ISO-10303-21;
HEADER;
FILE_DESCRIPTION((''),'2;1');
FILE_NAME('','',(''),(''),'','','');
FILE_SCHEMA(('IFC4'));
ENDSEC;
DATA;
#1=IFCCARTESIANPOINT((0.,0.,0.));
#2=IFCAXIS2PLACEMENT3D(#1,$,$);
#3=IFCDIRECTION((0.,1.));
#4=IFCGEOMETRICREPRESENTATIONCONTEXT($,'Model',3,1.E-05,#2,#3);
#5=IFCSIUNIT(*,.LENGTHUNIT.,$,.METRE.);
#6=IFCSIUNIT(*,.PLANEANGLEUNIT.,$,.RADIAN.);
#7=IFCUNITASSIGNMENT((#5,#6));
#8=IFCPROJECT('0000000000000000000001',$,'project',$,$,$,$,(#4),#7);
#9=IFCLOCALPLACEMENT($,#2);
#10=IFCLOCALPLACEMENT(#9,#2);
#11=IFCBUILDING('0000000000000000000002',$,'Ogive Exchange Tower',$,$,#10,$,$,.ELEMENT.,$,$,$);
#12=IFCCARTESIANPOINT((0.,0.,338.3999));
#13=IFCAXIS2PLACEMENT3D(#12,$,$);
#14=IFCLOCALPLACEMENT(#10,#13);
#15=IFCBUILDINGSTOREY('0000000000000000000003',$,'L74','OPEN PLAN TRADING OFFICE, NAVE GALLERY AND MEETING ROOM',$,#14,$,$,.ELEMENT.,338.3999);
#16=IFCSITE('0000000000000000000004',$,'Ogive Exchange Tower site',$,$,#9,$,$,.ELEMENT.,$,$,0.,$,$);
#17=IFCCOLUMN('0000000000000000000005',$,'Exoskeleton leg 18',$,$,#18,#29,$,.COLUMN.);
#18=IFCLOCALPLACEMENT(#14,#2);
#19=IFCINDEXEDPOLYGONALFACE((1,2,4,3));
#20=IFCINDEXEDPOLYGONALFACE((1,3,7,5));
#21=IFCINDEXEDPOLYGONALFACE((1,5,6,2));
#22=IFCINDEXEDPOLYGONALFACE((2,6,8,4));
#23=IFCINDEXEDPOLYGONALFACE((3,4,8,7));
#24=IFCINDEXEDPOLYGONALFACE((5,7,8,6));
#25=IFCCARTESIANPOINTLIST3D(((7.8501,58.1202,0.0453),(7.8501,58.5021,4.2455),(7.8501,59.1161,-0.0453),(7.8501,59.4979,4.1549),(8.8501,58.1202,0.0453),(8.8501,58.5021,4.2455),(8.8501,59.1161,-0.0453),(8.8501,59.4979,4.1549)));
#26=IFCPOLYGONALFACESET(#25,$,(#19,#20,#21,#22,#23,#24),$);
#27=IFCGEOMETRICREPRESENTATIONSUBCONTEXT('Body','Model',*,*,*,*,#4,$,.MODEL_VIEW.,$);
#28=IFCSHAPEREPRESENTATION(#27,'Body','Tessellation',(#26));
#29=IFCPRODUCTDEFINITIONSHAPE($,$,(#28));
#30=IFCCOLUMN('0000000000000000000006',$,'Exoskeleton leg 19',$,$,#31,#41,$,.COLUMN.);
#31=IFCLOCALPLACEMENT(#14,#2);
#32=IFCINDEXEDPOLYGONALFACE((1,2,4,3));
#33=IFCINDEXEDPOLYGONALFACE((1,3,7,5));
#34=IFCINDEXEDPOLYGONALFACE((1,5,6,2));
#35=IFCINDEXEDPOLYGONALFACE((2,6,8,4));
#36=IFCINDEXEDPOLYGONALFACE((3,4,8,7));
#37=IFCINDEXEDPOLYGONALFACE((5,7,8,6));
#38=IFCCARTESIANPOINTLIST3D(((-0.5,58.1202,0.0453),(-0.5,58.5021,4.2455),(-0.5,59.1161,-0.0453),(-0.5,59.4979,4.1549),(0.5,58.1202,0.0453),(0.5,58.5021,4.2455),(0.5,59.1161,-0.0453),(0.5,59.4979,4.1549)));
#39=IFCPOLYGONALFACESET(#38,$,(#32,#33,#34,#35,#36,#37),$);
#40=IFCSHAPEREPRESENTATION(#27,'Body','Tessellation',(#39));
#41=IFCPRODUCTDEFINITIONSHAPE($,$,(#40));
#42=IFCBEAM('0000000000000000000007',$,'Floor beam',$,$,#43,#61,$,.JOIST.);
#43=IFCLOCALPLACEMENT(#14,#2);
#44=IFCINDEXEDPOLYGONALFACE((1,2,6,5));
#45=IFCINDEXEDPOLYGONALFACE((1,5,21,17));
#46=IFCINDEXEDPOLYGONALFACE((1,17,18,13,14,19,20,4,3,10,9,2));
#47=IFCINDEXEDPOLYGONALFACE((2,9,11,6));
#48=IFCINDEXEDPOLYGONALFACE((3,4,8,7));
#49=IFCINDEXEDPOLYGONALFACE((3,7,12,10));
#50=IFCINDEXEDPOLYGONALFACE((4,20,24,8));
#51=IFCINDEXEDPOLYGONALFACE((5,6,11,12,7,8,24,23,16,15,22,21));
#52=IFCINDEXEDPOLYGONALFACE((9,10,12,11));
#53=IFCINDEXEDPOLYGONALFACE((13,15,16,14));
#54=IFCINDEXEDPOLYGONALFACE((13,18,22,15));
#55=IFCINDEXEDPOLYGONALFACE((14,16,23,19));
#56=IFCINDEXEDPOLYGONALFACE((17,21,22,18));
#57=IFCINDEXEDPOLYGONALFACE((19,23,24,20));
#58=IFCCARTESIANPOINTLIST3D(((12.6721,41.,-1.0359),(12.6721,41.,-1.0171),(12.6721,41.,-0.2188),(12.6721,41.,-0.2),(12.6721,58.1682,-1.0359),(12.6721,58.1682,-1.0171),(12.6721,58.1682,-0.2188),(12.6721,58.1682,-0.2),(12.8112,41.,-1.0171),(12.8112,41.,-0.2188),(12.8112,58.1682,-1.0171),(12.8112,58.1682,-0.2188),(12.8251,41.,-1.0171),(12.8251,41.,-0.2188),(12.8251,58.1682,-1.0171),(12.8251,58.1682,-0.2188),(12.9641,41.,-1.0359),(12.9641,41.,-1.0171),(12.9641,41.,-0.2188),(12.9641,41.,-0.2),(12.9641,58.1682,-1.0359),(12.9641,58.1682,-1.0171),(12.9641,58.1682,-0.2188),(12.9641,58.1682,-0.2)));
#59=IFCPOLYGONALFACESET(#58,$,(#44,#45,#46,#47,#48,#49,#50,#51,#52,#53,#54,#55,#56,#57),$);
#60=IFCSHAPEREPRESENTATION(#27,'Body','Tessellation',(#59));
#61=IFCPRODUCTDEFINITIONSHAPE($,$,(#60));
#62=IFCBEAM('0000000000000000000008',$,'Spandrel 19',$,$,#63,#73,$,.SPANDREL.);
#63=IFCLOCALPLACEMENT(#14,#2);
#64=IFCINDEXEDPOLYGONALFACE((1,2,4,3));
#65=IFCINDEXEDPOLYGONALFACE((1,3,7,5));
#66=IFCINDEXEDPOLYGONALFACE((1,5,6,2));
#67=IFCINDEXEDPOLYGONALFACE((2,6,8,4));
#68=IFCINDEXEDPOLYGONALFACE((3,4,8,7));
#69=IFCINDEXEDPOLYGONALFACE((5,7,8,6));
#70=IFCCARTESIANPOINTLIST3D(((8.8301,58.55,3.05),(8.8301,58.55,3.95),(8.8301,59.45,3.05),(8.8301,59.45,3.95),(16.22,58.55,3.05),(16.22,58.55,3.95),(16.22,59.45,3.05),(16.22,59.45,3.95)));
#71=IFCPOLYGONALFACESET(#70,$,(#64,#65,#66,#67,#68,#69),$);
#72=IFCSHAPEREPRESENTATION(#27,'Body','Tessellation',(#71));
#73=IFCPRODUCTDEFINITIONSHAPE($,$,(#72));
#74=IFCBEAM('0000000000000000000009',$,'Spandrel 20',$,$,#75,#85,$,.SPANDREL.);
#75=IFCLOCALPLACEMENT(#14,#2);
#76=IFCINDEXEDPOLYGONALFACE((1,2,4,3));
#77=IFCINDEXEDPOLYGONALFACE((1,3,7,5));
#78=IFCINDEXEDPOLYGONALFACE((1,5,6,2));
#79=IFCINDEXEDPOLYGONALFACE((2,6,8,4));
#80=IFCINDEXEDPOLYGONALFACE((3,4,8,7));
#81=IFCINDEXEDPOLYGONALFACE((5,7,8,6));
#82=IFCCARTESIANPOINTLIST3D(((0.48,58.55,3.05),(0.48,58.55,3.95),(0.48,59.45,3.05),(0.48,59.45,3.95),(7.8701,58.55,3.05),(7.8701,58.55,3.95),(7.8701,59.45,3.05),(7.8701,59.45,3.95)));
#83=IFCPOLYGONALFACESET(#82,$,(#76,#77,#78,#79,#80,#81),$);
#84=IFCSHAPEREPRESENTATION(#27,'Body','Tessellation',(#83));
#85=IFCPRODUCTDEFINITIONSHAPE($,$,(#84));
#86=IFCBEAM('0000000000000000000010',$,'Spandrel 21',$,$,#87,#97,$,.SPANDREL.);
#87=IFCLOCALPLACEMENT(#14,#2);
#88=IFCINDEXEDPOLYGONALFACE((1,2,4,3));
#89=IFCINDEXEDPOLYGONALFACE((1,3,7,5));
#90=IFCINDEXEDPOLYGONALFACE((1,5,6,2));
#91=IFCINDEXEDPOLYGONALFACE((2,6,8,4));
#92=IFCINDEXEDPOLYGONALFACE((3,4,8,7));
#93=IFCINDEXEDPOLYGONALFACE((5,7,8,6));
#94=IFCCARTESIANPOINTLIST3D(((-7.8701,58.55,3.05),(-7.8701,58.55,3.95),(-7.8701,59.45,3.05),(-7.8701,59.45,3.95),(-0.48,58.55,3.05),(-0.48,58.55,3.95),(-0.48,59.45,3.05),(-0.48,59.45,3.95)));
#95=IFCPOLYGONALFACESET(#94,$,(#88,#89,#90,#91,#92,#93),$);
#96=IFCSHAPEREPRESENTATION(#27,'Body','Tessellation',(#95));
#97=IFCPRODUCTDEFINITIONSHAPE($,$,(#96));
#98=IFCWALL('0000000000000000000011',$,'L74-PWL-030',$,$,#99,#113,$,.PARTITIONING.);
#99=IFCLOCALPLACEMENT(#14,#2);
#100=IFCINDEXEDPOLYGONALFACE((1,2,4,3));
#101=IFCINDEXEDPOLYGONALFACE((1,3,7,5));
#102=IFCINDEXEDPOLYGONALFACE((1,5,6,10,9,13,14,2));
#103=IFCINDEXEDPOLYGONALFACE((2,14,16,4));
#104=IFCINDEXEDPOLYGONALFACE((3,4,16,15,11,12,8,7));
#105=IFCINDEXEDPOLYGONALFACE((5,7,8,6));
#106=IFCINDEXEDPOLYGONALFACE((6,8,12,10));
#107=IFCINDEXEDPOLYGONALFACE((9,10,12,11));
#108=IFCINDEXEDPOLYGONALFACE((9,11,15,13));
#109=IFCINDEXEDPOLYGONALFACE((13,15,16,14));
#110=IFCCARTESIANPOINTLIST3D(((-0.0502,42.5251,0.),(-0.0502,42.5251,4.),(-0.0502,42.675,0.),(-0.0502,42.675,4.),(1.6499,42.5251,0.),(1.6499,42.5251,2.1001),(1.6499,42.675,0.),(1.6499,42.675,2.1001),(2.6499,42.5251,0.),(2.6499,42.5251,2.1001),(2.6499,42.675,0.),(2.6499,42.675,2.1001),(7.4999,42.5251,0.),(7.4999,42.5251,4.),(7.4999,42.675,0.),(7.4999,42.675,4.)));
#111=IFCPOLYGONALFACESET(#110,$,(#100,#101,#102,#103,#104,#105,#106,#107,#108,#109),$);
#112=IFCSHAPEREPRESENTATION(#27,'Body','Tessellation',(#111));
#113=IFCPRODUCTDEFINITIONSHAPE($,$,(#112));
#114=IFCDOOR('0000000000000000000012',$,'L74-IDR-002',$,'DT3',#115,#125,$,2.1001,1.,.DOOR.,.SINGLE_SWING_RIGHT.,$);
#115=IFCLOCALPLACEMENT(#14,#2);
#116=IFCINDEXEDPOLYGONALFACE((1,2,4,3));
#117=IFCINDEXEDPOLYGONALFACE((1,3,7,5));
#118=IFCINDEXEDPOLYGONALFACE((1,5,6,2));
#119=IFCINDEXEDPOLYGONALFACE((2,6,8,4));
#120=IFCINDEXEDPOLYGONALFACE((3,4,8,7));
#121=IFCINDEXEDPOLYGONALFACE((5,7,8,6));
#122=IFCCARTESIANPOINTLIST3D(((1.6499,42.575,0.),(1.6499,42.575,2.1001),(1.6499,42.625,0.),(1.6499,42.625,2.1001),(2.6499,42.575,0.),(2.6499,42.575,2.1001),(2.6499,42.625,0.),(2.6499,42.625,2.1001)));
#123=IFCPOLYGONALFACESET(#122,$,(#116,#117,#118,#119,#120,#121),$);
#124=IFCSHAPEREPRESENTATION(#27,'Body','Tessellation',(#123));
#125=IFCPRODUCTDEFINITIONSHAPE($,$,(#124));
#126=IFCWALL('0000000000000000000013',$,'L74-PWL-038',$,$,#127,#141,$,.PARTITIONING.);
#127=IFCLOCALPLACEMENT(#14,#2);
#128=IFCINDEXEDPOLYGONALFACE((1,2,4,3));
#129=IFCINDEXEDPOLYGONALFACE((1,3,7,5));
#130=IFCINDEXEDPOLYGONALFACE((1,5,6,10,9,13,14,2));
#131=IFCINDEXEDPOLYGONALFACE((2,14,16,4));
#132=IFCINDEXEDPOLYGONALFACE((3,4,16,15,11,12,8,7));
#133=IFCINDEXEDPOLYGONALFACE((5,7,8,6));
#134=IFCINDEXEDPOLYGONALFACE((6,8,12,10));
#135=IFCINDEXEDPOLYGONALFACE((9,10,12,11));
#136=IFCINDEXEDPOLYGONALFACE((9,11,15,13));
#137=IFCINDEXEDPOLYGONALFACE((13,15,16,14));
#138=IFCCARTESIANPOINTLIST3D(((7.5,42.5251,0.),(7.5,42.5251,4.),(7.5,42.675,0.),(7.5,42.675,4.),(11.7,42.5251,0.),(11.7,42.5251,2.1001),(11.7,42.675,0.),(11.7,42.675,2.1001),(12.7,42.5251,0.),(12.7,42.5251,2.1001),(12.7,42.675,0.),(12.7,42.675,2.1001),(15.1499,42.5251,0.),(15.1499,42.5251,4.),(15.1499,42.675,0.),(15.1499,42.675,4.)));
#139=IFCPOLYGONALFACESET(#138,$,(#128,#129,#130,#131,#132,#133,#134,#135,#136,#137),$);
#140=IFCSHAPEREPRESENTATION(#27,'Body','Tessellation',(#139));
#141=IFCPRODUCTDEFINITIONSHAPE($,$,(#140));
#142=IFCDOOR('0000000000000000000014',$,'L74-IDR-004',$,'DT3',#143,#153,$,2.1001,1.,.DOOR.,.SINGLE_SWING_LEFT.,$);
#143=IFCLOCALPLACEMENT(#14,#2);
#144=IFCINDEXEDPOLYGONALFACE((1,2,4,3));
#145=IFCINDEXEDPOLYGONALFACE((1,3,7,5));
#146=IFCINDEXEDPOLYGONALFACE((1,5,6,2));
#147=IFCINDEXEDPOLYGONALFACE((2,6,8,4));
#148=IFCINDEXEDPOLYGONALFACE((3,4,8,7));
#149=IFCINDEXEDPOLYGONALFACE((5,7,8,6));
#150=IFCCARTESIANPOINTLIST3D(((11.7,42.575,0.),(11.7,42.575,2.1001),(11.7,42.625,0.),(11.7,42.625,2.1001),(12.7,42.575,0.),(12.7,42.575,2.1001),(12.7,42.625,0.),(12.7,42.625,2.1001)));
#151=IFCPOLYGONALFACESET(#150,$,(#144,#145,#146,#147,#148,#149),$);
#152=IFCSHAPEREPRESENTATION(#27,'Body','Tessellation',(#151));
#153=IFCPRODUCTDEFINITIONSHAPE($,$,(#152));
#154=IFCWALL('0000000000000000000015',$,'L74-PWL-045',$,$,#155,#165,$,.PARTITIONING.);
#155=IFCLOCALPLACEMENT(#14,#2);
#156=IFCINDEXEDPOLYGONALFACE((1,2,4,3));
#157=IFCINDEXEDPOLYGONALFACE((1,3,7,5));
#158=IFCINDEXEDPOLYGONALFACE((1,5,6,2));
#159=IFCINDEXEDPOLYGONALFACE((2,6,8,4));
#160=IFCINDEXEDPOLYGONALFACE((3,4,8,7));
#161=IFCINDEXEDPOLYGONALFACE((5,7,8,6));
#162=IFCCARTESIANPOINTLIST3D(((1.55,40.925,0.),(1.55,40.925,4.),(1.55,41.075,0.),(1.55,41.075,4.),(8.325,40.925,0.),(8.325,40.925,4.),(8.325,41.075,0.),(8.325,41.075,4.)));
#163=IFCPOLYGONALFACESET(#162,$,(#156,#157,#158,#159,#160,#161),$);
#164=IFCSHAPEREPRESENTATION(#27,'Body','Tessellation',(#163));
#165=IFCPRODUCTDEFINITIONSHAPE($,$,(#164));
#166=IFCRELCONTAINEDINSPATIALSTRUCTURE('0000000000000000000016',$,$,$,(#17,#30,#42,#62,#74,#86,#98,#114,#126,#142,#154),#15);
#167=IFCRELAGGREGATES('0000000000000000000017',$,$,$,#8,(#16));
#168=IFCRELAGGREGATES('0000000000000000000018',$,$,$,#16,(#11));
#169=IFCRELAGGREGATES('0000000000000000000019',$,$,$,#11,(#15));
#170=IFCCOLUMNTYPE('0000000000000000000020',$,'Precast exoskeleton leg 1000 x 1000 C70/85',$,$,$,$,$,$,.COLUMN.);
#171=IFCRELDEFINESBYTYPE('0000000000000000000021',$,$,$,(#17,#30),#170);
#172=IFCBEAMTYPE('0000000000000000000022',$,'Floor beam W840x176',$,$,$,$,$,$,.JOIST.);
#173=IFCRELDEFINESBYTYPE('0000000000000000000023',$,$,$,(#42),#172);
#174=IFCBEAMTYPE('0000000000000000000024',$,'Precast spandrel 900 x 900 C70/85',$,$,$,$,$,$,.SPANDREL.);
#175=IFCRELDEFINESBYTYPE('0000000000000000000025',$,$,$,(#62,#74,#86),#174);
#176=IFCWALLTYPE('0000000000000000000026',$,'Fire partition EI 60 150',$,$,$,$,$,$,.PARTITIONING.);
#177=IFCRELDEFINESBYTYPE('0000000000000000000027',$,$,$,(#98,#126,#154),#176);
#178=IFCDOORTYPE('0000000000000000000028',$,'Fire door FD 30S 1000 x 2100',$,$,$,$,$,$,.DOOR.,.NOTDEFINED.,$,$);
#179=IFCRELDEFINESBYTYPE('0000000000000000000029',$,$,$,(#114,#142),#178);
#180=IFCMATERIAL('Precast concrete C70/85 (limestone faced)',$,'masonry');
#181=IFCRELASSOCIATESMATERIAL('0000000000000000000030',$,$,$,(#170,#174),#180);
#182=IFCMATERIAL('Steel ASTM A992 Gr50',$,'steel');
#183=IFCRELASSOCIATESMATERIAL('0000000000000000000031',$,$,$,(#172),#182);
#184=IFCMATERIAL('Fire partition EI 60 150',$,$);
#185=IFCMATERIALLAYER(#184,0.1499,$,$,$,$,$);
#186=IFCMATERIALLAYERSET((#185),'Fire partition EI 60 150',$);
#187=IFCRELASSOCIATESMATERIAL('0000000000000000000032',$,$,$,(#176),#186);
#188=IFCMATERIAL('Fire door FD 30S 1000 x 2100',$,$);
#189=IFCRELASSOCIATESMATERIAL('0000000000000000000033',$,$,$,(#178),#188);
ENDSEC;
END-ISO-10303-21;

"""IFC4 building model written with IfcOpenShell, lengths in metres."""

from ifc_helpers import new_model, si_unit, direction, frame, frame_2d, origin, origin_2d, place, context, subcontext, project, spatial, rectangle, i_section, extrude, material, layer, layer_set, material_profile, profile_set, type_object, element, fill, save


model = new_model("IFC4")

# Units and contexts
model_context = context("Model", 3, precision=1e-05, world=origin(), true_north=direction((0.0, 1.0)))
body_context = subcontext(model_context, "Body", "Model", "MODEL_VIEW")
ifc_project = project(units=[si_unit("LENGTHUNIT", "METRE"), si_unit("PLANEANGLEUNIT", "RADIAN")], contexts=[model_context])

# Site, building, storey
site_placement = place(None, origin())
site = spatial("IfcSite", under=ifc_project, at=site_placement, Name="Ogive Exchange Tower site", CompositionType="ELEMENT", RefElevation=0.0)
building_placement = place(site_placement, origin())
building = spatial("IfcBuilding", under=site, at=building_placement, Name="Ogive Exchange Tower", CompositionType="ELEMENT")
storey_placement = place(building_placement, frame((0.0, 0.0, 338.3999)))
storey = spatial("IfcBuildingStorey", under=building, at=storey_placement, Name="L74", Description="OPEN PLAN TRADING OFFICE, NAVE GALLERY AND MEETING ROOM", CompositionType="ELEMENT", Elevation=338.3999)

# Columns
ifc_material_1 = material(Name="Precast concrete C70/85 (limestone faced)", Category="masonry")
ifc_material_profile_1 = material_profile(ifc_material_1, rectangle(XDim=1.0, YDim=1.0, at=origin_2d()), Name="1000 x 1000")
ifc_profile_set_1 = profile_set([ifc_material_profile_1], Name="Precast concrete C70/85 (limestone faced)")
column_type = type_object("IfcColumnType", Name="Precast exoskeleton leg 1000 x 1000 C70/85", PredefinedType="COLUMN", material=ifc_profile_set_1)
for number, where, z_axis, x_axis, name in (
    (1, (8.3501, 58.6182, 0.0), (0.0, 0.090536, 0.995893), (-1.0, 0.0, 0.0), "Exoskeleton leg 18"),
    (2, (0.0, 58.6182, 0.0), (0.0, 0.090536, 0.995893), (-1.0, 0.0, 0.0), "Exoskeleton leg 19"),
):
    element("IfcColumn", number, at=place(storey_placement, frame(where, z_axis=z_axis, x_axis=x_axis)), inside=storey, type_object=column_type, Name=name, PredefinedType="COLUMN", context=body_context, shape_type="SweptSolid", body=[
        extrude(rectangle(XDim=1.0, YDim=1.0, at=origin_2d()), origin(), (0.0, 0.0, 1.0), 4.2175),
    ])

# Beams
ifc_material_2 = material(Name="Steel ASTM A992 Gr50", Category="steel")
ifc_material_profile_2 = material_profile(ifc_material_2, i_section(OverallWidth=0.292, OverallDepth=0.8359, WebThickness=0.0139, FlangeThickness=0.0188, at=origin_2d()), Name="W840x176")
ifc_profile_set_2 = profile_set([ifc_material_profile_2], Name="Steel ASTM A992 Gr50")
beam_type_1 = type_object("IfcBeamType", Name="Floor beam W840x176", PredefinedType="JOIST", material=ifc_profile_set_2)
beam_1_placement = place(storey_placement, frame((12.8181, 41.0, -0.6179), z_axis=(0.0, 1.0, 0.0), x_axis=(-1.0, 0.0, 0.0)))
element("IfcBeam", 3, at=beam_1_placement, inside=storey, type_object=beam_type_1, Name="Floor beam", PredefinedType="JOIST", context=body_context, shape_type="SweptSolid", body=[
    extrude(i_section(OverallWidth=0.292, OverallDepth=0.8359, WebThickness=0.0139, FlangeThickness=0.0188, at=origin_2d()), origin(), (0.0, 0.0, 1.0), 17.1682),
])
ifc_material_profile_3 = material_profile(ifc_material_1, rectangle(XDim=0.8999, YDim=0.8999, at=origin_2d()), Name="900 x 900")
ifc_profile_set_3 = profile_set([ifc_material_profile_3], Name="Precast concrete C70/85 (limestone faced)")
beam_type_2 = type_object("IfcBeamType", Name="Precast spandrel 900 x 900 C70/85", PredefinedType="SPANDREL", material=ifc_profile_set_3)
beam_2_placement = place(storey_placement, frame((16.22, 59.0, 3.5), z_axis=(-1.0, 0.0, 0.0), x_axis=(0.0, -1.0, 0.0)))
element("IfcBeam", 4, at=beam_2_placement, inside=storey, type_object=beam_type_2, Name="Spandrel 19", PredefinedType="SPANDREL", context=body_context, shape_type="SweptSolid", body=[
    extrude(rectangle(XDim=0.8999, YDim=0.8999, at=origin_2d()), origin(), (0.0, 0.0, 1.0), 7.3899),
])
for number, where, z_axis, x_axis, name in (
    (5, (7.8701, 59.0, 3.5), (-1.0, 0.0, 0.0), (0.0, -1.0, 0.0), "Spandrel 20"),
    (6, (-0.48, 59.0, 3.5), (-1.0, 0.0, 0.0), (0.0, -1.0, 0.0), "Spandrel 21"),
):
    element("IfcBeam", number, at=place(storey_placement, frame(where, z_axis=z_axis, x_axis=x_axis)), inside=storey, type_object=beam_type_2, Name=name, PredefinedType="SPANDREL", context=body_context, shape_type="SweptSolid", body=[
        extrude(rectangle(XDim=0.8999, YDim=0.8999, at=origin_2d()), origin(), (0.0, 0.0, 1.0), 7.3901),
    ])

# Walls, openings, doors
ifc_material_3 = material(Name="Fire partition EI 60 150")
ifc_layer_1 = layer(ifc_material_3, 0.1499)
ifc_layer_set_1 = layer_set([ifc_layer_1], Name="Fire partition EI 60 150")
wall_type_1 = type_object("IfcWallType", Name="Fire partition EI 60 150", PredefinedType="PARTITIONING", material=ifc_layer_set_1)
wall_1_placement = place(storey_placement, frame((-0.05, 42.6001, 0.0), z_axis=(0.0, 0.0, 1.0), x_axis=(1.0, 0.0, 0.0)))
wall_1 = element("IfcWall", 7, at=wall_1_placement, inside=storey, type_object=wall_type_1, Name="L74-PWL-030", PredefinedType="PARTITIONING", context=body_context, shape_type="SweptSolid", body=[
    extrude(rectangle(XDim=7.55, YDim=0.1499, at=frame_2d((3.7749, 0.0))), origin(), (0.0, 0.0, 1.0), 4.0),
])
opening_1_placement = place(wall_1_placement, frame((1.7, 0.0, 0.0)))
opening_1 = element("IfcOpeningElement", 8, at=opening_1_placement, cuts=wall_1, PredefinedType="OPENING", context=body_context, shape_type="SweptSolid", body=[
    extrude(rectangle(XDim=1.0, YDim=2.1001, at=frame_2d((0.5, 1.05))), frame((0.0, 0.085, 0.0), z_axis=(0.0, -1.0, 0.0), x_axis=(1.0, 0.0, 0.0)), (0.0, 0.0, 1.0), 0.1699),
])
ifc_material_4 = material(Name="Fire door FD 30S 1000 x 2100")
door_type_1 = type_object("IfcDoorType", Name="Fire door FD 30S 1000 x 2100", OperationType="NOTDEFINED", PredefinedType="DOOR", material=ifc_material_4)
door_1_placement = place(opening_1_placement, origin())
door_1 = element("IfcDoor", 9, at=door_1_placement, inside=storey, type_object=door_type_1, Name="L74-IDR-002", ObjectType="DT3", OperationType="SINGLE_SWING_RIGHT", OverallHeight=2.1001, OverallWidth=1.0, PredefinedType="DOOR", context=body_context, shape_type="SweptSolid", body=[
    extrude(rectangle(XDim=1.0, YDim=2.1001, at=frame_2d((0.5, 1.05))), frame((0.0, 0.0249, 0.0), z_axis=(0.0, -1.0, 0.0), x_axis=(1.0, 0.0, 0.0)), (0.0, 0.0, 1.0), 0.05),
])
fill(opening_1, door_1)
wall_2_placement = place(storey_placement, frame((7.5, 42.6001, 0.0), z_axis=(0.0, 0.0, 1.0), x_axis=(1.0, 0.0, 0.0)))
wall_2 = element("IfcWall", 10, at=wall_2_placement, inside=storey, type_object=wall_type_1, Name="L74-PWL-038", PredefinedType="PARTITIONING", context=body_context, shape_type="SweptSolid", body=[
    extrude(rectangle(XDim=7.6499, YDim=0.1499, at=frame_2d((3.825, 0.0))), origin(), (0.0, 0.0, 1.0), 4.0),
])
opening_2_placement = place(wall_2_placement, frame((4.2, 0.0, 0.0)))
opening_2 = element("IfcOpeningElement", 11, at=opening_2_placement, cuts=wall_2, PredefinedType="OPENING", context=body_context, shape_type="SweptSolid", body=[
    extrude(rectangle(XDim=1.0, YDim=2.1001, at=frame_2d((0.5, 1.05))), frame((0.0, 0.085, 0.0), z_axis=(0.0, -1.0, 0.0), x_axis=(1.0, 0.0, 0.0)), (0.0, 0.0, 1.0), 0.1699),
])
door_2_placement = place(opening_2_placement, origin())
door_2 = element("IfcDoor", 12, at=door_2_placement, inside=storey, type_object=door_type_1, Name="L74-IDR-004", ObjectType="DT3", OperationType="SINGLE_SWING_LEFT", OverallHeight=2.1001, OverallWidth=1.0, PredefinedType="DOOR", context=body_context, shape_type="SweptSolid", body=[
    extrude(rectangle(XDim=1.0, YDim=2.1001, at=frame_2d((0.5, 1.05))), frame((0.0, 0.0249, 0.0), z_axis=(0.0, -1.0, 0.0), x_axis=(1.0, 0.0, 0.0)), (0.0, 0.0, 1.0), 0.05),
])
fill(opening_2, door_2)

# Wall
wall_3_placement = place(storey_placement, frame((8.325, 41.0, 0.0), z_axis=(0.0, 0.0, 1.0), x_axis=(-1.0, 0.0, 0.0)))
element("IfcWall", 13, at=wall_3_placement, inside=storey, type_object=wall_type_1, Name="L74-PWL-045", PredefinedType="PARTITIONING", context=body_context, shape_type="SweptSolid", body=[
    extrude(rectangle(XDim=6.7749, YDim=0.1499, at=frame_2d((3.3875, 0.0))), origin(), (0.0, 0.0, 1.0), 4.0),
])

save(model, "model.ifc")
